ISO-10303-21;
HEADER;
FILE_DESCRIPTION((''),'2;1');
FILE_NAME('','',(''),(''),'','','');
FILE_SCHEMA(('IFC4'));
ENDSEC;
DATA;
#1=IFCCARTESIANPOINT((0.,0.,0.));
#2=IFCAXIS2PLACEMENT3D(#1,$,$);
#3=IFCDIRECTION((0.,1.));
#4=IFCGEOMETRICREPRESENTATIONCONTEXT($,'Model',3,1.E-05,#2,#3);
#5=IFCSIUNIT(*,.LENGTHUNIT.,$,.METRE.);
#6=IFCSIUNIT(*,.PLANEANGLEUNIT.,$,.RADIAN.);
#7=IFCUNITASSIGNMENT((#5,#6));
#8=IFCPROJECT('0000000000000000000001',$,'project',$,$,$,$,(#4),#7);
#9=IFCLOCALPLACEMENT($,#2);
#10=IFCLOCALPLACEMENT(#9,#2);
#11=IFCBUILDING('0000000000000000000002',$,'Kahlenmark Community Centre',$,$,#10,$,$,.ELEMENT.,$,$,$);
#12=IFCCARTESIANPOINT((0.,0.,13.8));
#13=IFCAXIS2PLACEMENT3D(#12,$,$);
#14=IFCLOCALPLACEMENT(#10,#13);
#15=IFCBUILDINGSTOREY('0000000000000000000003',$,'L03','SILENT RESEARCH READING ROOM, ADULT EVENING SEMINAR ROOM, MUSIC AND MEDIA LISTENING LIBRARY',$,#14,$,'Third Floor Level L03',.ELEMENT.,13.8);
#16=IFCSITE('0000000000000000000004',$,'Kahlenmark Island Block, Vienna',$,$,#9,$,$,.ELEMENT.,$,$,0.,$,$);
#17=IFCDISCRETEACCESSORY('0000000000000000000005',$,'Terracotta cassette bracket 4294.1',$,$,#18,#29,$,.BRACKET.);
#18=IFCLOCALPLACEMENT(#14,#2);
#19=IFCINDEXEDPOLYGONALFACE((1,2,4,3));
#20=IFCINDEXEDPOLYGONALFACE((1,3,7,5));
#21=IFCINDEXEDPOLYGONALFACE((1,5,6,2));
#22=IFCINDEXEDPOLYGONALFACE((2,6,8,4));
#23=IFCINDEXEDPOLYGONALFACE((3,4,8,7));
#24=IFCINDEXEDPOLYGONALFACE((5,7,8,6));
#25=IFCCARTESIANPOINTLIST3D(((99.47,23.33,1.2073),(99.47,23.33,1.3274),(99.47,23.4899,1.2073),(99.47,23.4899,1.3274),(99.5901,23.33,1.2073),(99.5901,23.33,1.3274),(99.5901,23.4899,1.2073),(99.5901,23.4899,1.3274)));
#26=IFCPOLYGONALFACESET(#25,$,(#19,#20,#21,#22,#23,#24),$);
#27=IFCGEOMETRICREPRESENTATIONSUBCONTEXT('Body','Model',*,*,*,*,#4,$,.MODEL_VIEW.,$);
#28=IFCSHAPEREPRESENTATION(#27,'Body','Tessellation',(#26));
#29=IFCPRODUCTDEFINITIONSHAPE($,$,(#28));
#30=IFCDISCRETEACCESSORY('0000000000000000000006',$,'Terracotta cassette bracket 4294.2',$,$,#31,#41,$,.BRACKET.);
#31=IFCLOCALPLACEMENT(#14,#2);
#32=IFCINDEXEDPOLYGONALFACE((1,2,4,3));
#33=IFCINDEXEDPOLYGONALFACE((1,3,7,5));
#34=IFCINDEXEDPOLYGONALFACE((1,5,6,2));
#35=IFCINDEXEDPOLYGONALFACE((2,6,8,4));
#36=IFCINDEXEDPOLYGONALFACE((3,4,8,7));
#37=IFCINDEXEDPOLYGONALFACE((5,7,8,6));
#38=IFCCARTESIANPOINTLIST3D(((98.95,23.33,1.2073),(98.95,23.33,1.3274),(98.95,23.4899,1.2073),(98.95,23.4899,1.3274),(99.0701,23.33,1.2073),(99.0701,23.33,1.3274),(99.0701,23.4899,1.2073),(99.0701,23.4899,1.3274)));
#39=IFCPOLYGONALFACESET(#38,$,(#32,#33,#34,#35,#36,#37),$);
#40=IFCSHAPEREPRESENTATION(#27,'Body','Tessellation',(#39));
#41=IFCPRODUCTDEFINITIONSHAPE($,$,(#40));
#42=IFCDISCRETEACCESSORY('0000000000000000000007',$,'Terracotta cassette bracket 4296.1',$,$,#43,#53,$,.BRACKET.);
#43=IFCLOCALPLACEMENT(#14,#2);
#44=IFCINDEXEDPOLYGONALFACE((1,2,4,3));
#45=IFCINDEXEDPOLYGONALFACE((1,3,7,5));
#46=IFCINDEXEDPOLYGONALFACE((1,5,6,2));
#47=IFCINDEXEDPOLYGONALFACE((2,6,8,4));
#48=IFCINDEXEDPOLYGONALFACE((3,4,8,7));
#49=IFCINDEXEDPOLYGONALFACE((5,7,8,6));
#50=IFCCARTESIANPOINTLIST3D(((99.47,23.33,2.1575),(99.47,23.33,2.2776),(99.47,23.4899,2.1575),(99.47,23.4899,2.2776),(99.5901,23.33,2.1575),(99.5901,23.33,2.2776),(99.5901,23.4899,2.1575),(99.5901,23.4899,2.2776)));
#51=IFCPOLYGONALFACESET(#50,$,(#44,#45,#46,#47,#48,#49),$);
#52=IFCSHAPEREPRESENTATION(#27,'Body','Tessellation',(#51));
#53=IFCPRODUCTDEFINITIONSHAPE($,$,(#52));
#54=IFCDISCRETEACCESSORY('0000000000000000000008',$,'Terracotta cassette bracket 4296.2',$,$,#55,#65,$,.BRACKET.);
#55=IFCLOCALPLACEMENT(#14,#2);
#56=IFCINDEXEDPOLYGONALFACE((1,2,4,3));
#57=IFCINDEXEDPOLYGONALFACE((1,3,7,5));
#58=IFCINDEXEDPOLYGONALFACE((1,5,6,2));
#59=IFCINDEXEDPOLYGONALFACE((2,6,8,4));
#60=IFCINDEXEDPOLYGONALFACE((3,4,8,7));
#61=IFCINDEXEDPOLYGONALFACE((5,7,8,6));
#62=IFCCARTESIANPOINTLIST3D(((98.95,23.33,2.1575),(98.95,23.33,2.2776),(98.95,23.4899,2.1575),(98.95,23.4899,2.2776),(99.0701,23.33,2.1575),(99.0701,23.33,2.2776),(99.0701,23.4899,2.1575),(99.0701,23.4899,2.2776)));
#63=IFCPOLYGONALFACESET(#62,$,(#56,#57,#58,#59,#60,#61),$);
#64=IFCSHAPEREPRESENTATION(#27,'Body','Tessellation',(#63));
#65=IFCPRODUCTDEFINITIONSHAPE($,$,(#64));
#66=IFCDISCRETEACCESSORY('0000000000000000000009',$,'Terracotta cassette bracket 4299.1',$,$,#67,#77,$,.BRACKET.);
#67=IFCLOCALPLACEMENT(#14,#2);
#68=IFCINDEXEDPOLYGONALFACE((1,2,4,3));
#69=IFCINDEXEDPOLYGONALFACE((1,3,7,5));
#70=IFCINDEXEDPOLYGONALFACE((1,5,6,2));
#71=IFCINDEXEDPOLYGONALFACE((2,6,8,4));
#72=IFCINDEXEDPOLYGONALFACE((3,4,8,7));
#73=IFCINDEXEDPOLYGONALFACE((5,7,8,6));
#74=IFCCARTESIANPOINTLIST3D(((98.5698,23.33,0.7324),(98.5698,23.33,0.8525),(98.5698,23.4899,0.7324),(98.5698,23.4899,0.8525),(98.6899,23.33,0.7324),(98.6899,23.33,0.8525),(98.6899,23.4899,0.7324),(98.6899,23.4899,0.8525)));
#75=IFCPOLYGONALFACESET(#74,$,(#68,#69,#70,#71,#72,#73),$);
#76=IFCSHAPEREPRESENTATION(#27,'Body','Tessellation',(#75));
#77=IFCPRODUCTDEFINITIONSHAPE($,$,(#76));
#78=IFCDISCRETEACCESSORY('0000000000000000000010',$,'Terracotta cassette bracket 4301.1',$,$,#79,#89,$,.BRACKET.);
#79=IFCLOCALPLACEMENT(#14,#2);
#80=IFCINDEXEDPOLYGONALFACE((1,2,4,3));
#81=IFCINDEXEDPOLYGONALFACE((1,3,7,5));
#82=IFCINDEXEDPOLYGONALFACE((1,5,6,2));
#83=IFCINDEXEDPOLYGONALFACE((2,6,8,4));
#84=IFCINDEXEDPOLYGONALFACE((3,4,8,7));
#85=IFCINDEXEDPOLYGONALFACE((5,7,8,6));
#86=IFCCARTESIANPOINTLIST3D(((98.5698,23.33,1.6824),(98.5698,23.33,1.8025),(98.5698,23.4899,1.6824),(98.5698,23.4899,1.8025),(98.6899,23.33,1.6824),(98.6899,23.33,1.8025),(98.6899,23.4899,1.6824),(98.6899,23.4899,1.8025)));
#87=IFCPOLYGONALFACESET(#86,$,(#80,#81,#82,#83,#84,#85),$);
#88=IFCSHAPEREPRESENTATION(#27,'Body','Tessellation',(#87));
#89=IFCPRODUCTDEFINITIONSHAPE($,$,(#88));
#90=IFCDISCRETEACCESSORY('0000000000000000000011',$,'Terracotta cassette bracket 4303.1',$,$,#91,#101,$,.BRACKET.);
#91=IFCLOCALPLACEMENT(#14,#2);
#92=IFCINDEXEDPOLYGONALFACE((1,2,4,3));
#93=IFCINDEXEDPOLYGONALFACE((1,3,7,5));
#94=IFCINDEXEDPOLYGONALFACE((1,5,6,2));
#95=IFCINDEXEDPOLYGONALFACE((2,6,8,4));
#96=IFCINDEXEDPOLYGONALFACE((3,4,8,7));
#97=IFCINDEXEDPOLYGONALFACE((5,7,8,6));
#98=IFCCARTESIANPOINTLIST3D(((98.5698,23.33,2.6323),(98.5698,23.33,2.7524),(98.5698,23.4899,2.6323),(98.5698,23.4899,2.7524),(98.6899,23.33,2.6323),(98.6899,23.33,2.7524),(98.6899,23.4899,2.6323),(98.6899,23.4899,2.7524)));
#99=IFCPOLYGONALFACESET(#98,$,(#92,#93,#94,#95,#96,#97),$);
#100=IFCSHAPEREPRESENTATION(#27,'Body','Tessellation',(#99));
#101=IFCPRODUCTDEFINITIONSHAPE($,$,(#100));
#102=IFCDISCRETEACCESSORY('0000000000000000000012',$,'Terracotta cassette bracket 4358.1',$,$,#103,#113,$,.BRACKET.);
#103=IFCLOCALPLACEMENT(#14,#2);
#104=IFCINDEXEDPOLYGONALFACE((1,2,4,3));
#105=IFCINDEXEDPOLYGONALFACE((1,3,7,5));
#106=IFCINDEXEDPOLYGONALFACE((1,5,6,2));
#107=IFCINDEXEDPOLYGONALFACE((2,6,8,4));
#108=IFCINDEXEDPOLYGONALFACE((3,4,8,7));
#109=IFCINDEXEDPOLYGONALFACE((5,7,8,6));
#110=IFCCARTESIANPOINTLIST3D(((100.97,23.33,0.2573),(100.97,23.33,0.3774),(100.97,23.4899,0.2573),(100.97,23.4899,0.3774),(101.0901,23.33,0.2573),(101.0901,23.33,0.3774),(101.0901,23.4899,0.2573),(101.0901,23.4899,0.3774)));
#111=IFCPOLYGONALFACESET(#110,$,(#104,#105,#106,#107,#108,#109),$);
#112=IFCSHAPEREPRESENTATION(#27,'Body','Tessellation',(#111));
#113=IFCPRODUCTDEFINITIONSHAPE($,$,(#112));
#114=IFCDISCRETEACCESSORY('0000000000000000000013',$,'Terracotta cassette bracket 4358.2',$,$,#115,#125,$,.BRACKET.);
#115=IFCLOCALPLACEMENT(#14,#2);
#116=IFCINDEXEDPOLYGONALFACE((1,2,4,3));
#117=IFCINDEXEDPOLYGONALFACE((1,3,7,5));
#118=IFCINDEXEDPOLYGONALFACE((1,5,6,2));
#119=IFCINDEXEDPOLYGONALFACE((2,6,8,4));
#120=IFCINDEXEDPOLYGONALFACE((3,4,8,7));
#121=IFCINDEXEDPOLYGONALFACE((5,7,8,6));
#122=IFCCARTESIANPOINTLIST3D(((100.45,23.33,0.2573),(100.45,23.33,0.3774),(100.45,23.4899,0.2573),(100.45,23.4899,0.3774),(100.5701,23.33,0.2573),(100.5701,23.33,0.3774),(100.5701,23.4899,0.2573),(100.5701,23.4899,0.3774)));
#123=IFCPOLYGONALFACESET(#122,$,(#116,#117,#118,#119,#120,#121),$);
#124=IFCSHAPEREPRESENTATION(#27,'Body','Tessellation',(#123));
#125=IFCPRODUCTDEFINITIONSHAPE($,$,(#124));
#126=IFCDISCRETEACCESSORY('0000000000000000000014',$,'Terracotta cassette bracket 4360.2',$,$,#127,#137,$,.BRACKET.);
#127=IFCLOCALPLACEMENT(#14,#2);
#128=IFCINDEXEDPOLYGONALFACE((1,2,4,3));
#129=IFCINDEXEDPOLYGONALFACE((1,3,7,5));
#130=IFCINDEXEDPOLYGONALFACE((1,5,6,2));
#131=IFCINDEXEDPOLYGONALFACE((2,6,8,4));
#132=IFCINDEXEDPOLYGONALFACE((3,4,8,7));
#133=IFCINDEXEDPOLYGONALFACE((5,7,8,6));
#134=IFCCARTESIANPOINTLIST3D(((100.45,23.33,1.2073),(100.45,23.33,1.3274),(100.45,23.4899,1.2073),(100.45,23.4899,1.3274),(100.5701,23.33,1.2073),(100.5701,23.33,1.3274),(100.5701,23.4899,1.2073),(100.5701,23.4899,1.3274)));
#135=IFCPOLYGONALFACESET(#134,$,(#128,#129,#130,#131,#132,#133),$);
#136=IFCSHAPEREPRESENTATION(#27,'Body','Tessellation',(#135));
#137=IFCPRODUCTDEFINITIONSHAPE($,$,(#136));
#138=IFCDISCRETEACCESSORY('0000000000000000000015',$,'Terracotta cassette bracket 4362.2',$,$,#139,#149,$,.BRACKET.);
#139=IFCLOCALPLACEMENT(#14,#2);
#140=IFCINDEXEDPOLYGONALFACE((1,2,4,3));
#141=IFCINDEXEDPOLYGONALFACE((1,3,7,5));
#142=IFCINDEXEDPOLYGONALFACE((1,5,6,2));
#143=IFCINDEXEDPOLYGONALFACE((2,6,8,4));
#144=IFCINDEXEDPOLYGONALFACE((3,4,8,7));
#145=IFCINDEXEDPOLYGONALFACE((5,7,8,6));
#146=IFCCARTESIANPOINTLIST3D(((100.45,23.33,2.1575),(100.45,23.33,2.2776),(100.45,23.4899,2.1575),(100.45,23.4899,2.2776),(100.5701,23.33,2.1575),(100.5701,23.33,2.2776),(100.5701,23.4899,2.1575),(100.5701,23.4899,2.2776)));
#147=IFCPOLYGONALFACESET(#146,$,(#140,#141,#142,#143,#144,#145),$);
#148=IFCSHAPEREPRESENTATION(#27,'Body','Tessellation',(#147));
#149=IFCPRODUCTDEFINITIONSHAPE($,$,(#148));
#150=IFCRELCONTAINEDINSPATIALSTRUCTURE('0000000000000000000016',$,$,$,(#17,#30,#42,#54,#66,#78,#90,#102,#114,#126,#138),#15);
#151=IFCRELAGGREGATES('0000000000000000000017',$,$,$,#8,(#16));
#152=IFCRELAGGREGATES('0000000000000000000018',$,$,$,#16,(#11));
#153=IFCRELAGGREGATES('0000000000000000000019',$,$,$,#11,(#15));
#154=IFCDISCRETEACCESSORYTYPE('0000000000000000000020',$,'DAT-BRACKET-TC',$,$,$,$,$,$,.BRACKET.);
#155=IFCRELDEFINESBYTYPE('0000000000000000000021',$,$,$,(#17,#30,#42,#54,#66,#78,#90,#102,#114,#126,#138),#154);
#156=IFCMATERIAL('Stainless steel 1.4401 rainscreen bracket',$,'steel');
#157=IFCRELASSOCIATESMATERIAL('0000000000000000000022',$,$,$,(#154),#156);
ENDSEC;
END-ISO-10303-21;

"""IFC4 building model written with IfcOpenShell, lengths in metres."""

from ifc_helpers import new_model, si_unit, direction, frame, origin, origin_2d, place, context, subcontext, project, spatial, rectangle, extrude, material, type_object, element, save


model = new_model("IFC4")

# Units and contexts
model_context = context("Model", 3, precision=1e-05, world=origin(), true_north=direction((0.0, 1.0)))
body_context = subcontext(model_context, "Body", "Model", "MODEL_VIEW")
ifc_project = project(units=[si_unit("LENGTHUNIT", "METRE"), si_unit("PLANEANGLEUNIT", "RADIAN")], contexts=[model_context])

# Site, building, storey
site_placement = place(None, origin())
site = spatial("IfcSite", under=ifc_project, at=site_placement, Name="Kahlenmark Island Block, Vienna", CompositionType="ELEMENT", RefElevation=0.0)
building_placement = place(site_placement, origin())
building = spatial("IfcBuilding", under=site, at=building_placement, Name="Kahlenmark Community Centre", CompositionType="ELEMENT")
storey_placement = place(building_placement, frame((0.0, 0.0, 13.8)))
storey = spatial("IfcBuildingStorey", under=building, at=storey_placement, Name="L03", Description="SILENT RESEARCH READING ROOM, ADULT EVENING SEMINAR ROOM, MUSIC AND MEDIA LISTENING LIBRARY", LongName="Third Floor Level L03", CompositionType="ELEMENT", Elevation=13.8)

# Discrete accessories
ifc_material_1 = material(Name="Stainless steel 1.4401 rainscreen bracket", Category="steel")
discrete_accessory_type = type_object("IfcDiscreteAccessoryType", Name="DAT-BRACKET-TC", PredefinedType="BRACKET", material=ifc_material_1)
for number, where, z_axis, x_axis, name in (
    (1, (99.53, 23.4099, 1.2073), (0.0, 0.0, 1.0), (-1.0, 0.0, 0.0), "Terracotta cassette bracket 4294.1"),
    (2, (99.01, 23.4099, 1.2073), (0.0, 0.0, 1.0), (-1.0, 0.0, 0.0), "Terracotta cassette bracket 4294.2"),
    (3, (99.53, 23.4099, 2.1575), (0.0, 0.0, 1.0), (-1.0, 0.0, 0.0), "Terracotta cassette bracket 4296.1"),
    (4, (99.01, 23.4099, 2.1575), (0.0, 0.0, 1.0), (-1.0, 0.0, 0.0), "Terracotta cassette bracket 4296.2"),
    (5, (98.6299, 23.4099, 0.7324), (0.0, 0.0, 1.0), (-1.0, 0.0, 0.0), "Terracotta cassette bracket 4299.1"),
    (6, (98.6299, 23.4099, 1.6824), (0.0, 0.0, 1.0), (-1.0, 0.0, 0.0), "Terracotta cassette bracket 4301.1"),
    (7, (98.6299, 23.4099, 2.6323), (0.0, 0.0, 1.0), (-1.0, 0.0, 0.0), "Terracotta cassette bracket 4303.1"),
    (8, (101.03, 23.4099, 0.2573), (0.0, 0.0, 1.0), (-1.0, 0.0, 0.0), "Terracotta cassette bracket 4358.1"),
    (9, (100.51, 23.4099, 0.2573), (0.0, 0.0, 1.0), (-1.0, 0.0, 0.0), "Terracotta cassette bracket 4358.2"),
    (10, (100.51, 23.4099, 1.2073), (0.0, 0.0, 1.0), (-1.0, 0.0, 0.0), "Terracotta cassette bracket 4360.2"),
    (11, (100.51, 23.4099, 2.1575), (0.0, 0.0, 1.0), (-1.0, 0.0, 0.0), "Terracotta cassette bracket 4362.2"),
):
    element("IfcDiscreteAccessory", number, at=place(storey_placement, frame(where, z_axis=z_axis, x_axis=x_axis)), inside=storey, type_object=discrete_accessory_type, Name=name, PredefinedType="BRACKET", context=body_context, shape_type="SweptSolid", body=[
        extrude(rectangle(XDim=0.1201, YDim=0.1599, at=origin_2d()), origin(), (0.0, 0.0, 1.0), 0.1201),
    ])

save(model, "model.ifc")
